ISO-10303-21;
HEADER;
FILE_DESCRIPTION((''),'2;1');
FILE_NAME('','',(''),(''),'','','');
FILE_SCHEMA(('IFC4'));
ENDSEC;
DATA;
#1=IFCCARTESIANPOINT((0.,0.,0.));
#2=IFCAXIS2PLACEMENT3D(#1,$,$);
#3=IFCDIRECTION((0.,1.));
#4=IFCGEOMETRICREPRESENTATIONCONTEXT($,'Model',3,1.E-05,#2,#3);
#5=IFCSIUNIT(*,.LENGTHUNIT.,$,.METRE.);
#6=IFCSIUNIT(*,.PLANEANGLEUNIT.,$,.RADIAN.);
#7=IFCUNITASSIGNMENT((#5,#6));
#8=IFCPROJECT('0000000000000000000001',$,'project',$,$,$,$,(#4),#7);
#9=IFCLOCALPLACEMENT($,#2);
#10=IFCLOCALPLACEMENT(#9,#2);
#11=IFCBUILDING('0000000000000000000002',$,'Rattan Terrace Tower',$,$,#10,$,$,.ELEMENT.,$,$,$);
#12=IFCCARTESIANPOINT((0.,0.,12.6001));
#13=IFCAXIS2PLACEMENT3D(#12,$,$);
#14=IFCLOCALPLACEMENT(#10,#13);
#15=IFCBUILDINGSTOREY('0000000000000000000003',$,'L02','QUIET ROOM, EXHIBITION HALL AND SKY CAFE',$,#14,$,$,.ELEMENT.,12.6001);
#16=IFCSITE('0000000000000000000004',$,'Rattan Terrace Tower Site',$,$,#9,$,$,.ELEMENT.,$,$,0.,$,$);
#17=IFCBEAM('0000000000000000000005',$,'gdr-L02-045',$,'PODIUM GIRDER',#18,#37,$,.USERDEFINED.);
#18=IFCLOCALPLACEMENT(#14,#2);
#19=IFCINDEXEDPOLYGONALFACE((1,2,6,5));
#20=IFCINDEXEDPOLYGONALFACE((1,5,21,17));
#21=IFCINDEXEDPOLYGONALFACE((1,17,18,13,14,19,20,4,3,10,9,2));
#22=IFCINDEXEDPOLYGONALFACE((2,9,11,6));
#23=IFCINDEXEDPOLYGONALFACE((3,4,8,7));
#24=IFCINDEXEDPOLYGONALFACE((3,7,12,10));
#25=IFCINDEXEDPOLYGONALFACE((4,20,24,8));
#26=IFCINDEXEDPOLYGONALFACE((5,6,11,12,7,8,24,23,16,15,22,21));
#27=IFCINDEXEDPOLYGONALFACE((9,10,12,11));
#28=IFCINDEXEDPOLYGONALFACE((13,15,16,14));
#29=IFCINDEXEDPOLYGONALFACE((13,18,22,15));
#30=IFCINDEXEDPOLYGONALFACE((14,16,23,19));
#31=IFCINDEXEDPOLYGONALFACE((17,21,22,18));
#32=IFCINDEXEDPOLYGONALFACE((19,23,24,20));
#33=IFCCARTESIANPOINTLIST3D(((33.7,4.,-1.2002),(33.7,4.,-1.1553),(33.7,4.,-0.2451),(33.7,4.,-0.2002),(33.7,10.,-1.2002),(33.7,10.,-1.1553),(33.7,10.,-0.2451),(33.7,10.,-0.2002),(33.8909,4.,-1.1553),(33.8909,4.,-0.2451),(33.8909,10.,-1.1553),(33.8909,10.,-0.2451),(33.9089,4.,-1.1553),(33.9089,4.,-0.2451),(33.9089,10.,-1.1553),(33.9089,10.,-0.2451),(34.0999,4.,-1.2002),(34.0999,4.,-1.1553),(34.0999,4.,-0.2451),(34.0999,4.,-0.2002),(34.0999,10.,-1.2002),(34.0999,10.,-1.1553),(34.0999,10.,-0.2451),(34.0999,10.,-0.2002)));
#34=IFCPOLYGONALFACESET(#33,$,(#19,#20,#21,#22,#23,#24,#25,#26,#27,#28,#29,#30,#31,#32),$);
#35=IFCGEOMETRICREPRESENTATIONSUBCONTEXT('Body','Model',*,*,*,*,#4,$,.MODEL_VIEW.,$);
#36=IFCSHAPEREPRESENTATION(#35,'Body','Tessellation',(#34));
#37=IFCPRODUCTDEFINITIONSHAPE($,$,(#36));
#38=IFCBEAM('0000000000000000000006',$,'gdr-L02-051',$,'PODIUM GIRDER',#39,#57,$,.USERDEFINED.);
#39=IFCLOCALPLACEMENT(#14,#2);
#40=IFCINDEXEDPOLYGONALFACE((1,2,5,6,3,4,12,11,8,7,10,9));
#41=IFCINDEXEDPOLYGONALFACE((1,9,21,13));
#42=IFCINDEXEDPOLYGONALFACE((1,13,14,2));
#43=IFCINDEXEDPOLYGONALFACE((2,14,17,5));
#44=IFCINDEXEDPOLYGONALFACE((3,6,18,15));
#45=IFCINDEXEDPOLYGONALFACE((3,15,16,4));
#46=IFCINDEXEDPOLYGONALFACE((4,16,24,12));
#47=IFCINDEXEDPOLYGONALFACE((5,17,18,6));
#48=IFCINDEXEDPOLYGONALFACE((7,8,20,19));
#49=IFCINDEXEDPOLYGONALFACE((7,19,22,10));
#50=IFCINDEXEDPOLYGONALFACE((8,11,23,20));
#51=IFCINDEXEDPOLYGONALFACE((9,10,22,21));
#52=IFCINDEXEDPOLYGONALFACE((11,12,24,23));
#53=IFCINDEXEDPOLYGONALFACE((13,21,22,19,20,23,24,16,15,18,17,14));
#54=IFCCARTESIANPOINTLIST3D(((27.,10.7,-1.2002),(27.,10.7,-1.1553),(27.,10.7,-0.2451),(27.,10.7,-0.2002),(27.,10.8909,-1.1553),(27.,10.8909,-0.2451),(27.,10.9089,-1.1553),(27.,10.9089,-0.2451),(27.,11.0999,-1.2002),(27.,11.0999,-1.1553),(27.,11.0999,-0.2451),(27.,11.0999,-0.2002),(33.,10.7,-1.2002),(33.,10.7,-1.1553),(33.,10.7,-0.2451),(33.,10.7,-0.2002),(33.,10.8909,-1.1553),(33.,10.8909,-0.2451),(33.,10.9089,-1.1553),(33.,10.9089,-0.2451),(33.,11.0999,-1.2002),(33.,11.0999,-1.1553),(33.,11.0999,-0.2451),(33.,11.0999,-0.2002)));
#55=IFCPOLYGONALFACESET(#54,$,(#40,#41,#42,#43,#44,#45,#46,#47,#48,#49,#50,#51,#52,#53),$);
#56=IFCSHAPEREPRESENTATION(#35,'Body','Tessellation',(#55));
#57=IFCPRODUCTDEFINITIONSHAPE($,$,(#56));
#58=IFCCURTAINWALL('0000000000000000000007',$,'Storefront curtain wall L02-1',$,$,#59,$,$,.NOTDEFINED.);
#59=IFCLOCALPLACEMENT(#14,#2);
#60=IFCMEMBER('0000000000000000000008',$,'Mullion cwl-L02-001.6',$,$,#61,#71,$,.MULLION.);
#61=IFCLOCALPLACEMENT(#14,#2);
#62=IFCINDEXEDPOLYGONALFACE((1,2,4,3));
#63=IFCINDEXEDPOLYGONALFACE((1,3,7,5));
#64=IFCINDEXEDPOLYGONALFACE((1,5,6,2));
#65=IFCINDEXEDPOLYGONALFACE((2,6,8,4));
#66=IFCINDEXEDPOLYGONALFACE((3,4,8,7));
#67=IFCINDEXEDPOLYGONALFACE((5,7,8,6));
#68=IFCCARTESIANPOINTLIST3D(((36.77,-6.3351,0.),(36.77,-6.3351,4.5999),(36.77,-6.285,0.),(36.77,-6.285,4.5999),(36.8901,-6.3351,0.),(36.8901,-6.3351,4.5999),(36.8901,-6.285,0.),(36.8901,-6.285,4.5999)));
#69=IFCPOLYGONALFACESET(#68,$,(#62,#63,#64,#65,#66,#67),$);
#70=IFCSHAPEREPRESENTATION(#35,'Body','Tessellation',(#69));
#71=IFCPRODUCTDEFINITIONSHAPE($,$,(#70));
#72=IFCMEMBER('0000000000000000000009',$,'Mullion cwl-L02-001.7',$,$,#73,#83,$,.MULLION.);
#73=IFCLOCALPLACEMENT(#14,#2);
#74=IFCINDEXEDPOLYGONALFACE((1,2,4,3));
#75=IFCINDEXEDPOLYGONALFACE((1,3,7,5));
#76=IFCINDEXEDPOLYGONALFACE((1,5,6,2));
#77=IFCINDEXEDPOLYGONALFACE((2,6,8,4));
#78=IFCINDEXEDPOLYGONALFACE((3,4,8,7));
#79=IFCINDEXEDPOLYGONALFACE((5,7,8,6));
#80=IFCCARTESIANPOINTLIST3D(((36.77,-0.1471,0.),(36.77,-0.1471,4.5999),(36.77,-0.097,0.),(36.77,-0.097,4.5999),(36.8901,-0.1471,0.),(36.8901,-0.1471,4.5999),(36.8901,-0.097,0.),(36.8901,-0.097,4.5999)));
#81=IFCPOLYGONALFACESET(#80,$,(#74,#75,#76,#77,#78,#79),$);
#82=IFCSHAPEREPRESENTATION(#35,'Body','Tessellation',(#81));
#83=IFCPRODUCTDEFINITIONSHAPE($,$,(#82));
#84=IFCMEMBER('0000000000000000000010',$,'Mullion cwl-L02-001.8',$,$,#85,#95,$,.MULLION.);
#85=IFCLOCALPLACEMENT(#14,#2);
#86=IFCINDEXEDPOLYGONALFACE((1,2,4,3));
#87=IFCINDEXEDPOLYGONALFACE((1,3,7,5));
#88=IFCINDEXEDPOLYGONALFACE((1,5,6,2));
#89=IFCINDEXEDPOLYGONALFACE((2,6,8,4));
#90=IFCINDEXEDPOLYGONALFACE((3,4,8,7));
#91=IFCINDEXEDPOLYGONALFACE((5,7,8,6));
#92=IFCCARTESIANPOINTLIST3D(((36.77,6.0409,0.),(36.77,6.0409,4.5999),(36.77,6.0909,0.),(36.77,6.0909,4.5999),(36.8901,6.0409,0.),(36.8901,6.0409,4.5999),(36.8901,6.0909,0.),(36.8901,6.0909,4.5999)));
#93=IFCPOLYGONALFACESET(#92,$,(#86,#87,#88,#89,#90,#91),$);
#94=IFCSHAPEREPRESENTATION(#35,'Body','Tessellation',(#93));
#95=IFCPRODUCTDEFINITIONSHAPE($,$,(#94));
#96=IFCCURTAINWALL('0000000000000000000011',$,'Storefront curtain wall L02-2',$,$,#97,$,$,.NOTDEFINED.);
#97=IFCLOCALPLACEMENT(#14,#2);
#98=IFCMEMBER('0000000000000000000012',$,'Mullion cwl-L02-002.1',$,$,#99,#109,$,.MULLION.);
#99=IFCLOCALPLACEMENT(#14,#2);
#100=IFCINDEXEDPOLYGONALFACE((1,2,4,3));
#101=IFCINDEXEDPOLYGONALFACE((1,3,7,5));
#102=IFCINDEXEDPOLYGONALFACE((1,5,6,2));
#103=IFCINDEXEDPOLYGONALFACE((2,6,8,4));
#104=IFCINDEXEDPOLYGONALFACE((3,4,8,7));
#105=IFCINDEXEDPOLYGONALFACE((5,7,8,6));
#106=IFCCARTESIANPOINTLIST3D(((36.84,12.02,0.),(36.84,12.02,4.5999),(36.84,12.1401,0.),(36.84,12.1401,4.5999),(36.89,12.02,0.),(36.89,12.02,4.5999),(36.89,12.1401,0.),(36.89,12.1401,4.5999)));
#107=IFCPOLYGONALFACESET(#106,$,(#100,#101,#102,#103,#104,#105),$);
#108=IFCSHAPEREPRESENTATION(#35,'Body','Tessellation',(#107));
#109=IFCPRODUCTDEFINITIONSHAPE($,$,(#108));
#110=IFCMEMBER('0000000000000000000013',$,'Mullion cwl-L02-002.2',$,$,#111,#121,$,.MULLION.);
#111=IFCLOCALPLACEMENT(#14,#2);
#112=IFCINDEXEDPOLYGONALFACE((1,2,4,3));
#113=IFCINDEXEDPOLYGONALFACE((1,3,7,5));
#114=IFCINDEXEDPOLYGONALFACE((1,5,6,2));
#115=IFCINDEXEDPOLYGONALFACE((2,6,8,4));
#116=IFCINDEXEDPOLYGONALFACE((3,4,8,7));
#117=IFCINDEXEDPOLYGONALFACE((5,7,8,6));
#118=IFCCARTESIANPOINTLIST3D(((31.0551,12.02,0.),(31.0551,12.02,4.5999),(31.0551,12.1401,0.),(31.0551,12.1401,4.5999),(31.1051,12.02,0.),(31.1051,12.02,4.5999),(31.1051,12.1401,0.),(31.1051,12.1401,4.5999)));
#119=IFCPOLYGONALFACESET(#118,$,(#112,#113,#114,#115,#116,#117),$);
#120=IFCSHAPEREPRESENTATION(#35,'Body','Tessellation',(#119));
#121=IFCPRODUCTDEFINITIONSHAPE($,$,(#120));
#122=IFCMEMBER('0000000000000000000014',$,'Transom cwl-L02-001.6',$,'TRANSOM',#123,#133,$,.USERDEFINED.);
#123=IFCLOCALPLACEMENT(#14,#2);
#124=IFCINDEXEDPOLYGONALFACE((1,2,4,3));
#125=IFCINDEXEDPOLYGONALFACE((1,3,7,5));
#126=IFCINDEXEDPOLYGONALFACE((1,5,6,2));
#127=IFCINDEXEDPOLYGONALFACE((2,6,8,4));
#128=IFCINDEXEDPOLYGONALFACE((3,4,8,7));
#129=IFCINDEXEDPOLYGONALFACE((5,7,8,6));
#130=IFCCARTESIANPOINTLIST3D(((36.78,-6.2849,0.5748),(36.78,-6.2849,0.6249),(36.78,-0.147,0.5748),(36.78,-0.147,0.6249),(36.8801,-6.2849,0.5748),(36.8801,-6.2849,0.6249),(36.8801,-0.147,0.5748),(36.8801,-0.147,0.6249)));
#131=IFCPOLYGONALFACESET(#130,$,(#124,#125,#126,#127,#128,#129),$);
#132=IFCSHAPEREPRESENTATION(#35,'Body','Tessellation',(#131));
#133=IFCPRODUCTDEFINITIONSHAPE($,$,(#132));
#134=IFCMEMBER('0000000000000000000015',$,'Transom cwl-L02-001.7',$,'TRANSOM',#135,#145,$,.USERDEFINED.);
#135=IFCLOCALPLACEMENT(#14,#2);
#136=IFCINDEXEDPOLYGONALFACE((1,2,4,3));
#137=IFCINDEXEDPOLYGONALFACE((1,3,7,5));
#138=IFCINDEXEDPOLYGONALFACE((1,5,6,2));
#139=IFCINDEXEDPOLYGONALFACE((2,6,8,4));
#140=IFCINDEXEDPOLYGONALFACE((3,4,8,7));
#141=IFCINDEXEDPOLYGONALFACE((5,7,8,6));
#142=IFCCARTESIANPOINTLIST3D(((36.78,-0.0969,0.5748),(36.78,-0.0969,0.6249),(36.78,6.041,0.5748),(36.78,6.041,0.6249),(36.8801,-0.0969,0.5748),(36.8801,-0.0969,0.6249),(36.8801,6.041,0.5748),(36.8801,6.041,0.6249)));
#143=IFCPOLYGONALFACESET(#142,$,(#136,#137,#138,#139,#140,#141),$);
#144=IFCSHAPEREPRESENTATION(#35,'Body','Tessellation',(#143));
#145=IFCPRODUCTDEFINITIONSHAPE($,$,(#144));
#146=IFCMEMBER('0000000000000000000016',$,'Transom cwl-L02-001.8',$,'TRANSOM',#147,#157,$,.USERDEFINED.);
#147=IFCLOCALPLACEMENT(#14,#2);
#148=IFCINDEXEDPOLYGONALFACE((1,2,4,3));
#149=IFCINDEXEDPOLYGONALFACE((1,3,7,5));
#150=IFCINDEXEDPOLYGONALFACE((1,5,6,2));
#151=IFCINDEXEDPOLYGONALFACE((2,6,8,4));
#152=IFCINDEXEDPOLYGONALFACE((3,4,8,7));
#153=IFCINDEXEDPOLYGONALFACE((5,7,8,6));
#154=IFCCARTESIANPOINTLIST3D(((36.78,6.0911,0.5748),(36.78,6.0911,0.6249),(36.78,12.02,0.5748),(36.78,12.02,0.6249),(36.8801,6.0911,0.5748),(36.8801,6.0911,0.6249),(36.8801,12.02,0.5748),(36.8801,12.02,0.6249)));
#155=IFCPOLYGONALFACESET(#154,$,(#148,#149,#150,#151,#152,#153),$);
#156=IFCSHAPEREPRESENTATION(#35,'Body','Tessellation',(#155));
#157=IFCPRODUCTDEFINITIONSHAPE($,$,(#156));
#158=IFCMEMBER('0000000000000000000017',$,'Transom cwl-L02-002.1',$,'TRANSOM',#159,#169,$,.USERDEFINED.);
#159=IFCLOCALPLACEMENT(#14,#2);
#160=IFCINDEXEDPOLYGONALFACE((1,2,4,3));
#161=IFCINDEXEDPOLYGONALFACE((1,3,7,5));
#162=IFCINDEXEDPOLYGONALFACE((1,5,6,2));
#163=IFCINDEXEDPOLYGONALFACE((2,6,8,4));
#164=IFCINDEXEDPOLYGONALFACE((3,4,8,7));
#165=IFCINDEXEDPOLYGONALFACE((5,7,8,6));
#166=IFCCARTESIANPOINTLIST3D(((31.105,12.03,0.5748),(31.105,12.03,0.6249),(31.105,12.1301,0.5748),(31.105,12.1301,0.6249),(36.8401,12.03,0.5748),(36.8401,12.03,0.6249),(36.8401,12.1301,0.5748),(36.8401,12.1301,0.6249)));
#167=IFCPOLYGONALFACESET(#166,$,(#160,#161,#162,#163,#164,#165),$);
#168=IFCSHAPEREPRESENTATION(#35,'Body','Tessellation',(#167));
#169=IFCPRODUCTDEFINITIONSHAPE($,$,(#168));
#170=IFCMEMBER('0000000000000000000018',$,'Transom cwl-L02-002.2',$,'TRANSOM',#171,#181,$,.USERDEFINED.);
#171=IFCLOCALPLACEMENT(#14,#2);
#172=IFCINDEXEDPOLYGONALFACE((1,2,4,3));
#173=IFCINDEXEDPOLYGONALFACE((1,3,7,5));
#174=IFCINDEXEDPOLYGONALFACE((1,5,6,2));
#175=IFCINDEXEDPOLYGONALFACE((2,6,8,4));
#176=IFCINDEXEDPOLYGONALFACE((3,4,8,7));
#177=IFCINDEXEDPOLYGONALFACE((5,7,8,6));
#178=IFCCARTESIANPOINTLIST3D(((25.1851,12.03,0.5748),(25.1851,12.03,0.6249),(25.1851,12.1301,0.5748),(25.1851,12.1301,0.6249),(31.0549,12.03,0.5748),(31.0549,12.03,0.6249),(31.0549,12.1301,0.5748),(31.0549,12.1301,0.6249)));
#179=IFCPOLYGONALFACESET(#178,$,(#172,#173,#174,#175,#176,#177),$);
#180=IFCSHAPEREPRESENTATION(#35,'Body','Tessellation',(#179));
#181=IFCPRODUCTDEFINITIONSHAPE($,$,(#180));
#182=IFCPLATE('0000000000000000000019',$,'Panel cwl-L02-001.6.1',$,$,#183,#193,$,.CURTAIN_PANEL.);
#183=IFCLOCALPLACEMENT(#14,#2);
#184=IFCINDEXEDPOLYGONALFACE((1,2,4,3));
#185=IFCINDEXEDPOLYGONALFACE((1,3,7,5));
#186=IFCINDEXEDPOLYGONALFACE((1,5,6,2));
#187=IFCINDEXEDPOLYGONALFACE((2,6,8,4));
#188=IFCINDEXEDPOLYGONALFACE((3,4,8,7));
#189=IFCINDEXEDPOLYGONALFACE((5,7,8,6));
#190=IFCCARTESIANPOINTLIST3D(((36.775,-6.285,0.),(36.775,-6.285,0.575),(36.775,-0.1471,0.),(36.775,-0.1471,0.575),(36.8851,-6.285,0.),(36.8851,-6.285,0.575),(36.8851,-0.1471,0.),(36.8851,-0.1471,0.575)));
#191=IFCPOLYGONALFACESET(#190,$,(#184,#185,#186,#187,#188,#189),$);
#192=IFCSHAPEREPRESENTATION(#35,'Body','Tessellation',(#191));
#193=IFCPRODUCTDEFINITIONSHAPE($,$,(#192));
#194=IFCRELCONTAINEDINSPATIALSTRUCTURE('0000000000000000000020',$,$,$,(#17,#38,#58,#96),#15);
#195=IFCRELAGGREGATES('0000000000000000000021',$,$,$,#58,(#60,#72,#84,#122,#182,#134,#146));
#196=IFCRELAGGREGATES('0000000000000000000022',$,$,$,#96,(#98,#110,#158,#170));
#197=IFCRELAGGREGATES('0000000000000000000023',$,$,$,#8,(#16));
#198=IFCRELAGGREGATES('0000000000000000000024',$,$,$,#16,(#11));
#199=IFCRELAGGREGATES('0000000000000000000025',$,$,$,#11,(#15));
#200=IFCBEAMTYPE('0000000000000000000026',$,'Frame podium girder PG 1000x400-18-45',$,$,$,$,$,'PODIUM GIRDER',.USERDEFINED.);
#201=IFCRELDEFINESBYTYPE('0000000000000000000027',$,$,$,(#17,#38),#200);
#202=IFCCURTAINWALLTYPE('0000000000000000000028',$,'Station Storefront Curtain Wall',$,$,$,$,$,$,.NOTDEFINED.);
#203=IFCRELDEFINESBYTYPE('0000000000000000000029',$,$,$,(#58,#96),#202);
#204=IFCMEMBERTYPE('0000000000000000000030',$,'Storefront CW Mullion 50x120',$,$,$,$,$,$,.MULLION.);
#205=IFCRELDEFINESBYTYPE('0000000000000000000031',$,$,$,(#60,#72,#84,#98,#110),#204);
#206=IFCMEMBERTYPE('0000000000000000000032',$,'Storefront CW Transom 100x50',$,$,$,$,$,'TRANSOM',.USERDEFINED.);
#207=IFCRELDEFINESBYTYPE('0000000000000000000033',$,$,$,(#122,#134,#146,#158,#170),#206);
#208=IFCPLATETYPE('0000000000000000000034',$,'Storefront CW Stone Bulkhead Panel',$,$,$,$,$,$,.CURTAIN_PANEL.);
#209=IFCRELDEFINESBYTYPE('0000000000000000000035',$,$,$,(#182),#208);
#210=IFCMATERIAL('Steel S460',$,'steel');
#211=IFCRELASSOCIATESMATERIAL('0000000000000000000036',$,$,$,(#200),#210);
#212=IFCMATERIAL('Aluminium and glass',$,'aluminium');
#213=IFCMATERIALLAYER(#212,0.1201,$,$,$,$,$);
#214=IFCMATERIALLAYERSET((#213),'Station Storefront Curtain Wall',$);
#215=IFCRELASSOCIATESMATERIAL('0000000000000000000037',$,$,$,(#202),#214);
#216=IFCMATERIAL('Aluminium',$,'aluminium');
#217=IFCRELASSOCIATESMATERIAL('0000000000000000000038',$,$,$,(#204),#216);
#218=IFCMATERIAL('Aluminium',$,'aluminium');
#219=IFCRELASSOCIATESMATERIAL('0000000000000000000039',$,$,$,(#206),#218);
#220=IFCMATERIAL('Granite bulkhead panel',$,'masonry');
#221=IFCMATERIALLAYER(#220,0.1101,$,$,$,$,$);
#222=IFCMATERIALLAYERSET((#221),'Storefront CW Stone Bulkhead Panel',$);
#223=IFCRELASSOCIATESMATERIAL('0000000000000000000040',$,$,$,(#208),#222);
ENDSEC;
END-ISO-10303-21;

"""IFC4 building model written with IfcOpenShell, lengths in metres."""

from ifc_helpers import new_model, si_unit, direction, frame, origin, origin_2d, place, context, subcontext, project, spatial, rectangle, i_section, extrude, material, layer, layer_set, material_profile, profile_set, type_object, element, aggregate, save


model = new_model("IFC4")

# Units and contexts
model_context = context("Model", 3, precision=1e-05, world=origin(), true_north=direction((0.0, 1.0)))
body_context = subcontext(model_context, "Body", "Model", "MODEL_VIEW")
ifc_project = project(units=[si_unit("LENGTHUNIT", "METRE"), si_unit("PLANEANGLEUNIT", "RADIAN")], contexts=[model_context])

# Site, building, storey
site_placement = place(None, origin())
site = spatial("IfcSite", under=ifc_project, at=site_placement, Name="Rattan Terrace Tower Site", CompositionType="ELEMENT", RefElevation=0.0)
building_placement = place(site_placement, origin())
building = spatial("IfcBuilding", under=site, at=building_placement, Name="Rattan Terrace Tower", CompositionType="ELEMENT")
storey_placement = place(building_placement, frame((0.0, 0.0, 12.6001)))
storey = spatial("IfcBuildingStorey", under=building, at=storey_placement, Name="L02", Description="QUIET ROOM, EXHIBITION HALL AND SKY CAFE", CompositionType="ELEMENT", Elevation=12.6001)

# Beams
ifc_material_1 = material(Name="Steel S460", Category="steel")
ifc_material_profile_1 = material_profile(ifc_material_1, i_section(OverallWidth=0.3999, OverallDepth=1.0, WebThickness=0.0181, FlangeThickness=0.0449, at=origin_2d()), Name="PG 1000x400-18-45")
ifc_profile_set_1 = profile_set([ifc_material_profile_1], Name="Steel S460")
beam_type_1 = type_object("IfcBeamType", Name="Frame podium girder PG 1000x400-18-45", ElementType="PODIUM GIRDER", PredefinedType="USERDEFINED", material=ifc_profile_set_1)
for number, where, z_axis, x_axis, name in (
    (1, (33.8999, 4.0, -0.7002), (0.0, 1.0, 0.0), (-1.0, 0.0, 0.0), "gdr-L02-045"),
    (2, (27.0, 10.8999, -0.7002), (1.0, 0.0, 0.0), (0.0, 1.0, 0.0), "gdr-L02-051"),
):
    element("IfcBeam", number, at=place(storey_placement, frame(where, z_axis=z_axis, x_axis=x_axis)), inside=storey, type_object=beam_type_1, Name=name, ObjectType="PODIUM GIRDER", PredefinedType="USERDEFINED", context=body_context, shape_type="SweptSolid", body=[
        extrude(i_section(OverallWidth=0.3999, OverallDepth=1.0, WebThickness=0.0181, FlangeThickness=0.0449, at=origin_2d()), origin(), (0.0, 0.0, 1.0), 6.0),
    ])

# Curtain walls, members
ifc_material_2 = material(Name="Aluminium and glass", Category="aluminium")
ifc_layer_1 = layer(ifc_material_2, 0.1201)
ifc_layer_set_1 = layer_set([ifc_layer_1], Name="Station Storefront Curtain Wall")
curtain_wall_type = type_object("IfcCurtainWallType", Name="Station Storefront Curtain Wall", PredefinedType="NOTDEFINED", material=ifc_layer_set_1)
curtain_wall_1_placement = place(storey_placement, origin())
curtain_wall_1 = element("IfcCurtainWall", 3, at=curtain_wall_1_placement, inside=storey, type_object=curtain_wall_type, Name="Storefront curtain wall L02-1", PredefinedType="NOTDEFINED")
ifc_material_3 = material(Name="Aluminium", Category="aluminium")
ifc_material_profile_2 = material_profile(ifc_material_3, rectangle(XDim=0.05, YDim=0.1201, at=origin_2d()), Name="Aluminium 50x120")
ifc_profile_set_2 = profile_set([ifc_material_profile_2], Name="Aluminium")
member_type_1 = type_object("IfcMemberType", Name="Storefront CW Mullion 50x120", PredefinedType="MULLION", material=ifc_profile_set_2)
member_1_placement = place(storey_placement, frame((36.8301, -6.3101, 0.0), z_axis=(0.0, 0.0, 1.0), x_axis=(0.0, 1.0, 0.0)))
member_1 = element("IfcMember", 4, at=member_1_placement, type_object=member_type_1, Name="Mullion cwl-L02-001.6", PredefinedType="MULLION", context=body_context, shape_type="SweptSolid", body=[
    extrude(rectangle(XDim=0.05, YDim=0.1201, at=origin_2d()), origin(), (0.0, 0.0, 1.0), 4.5999),
])
member_2_placement = place(storey_placement, frame((36.8301, -0.1221, 0.0), z_axis=(0.0, 0.0, 1.0), x_axis=(0.0, 1.0, 0.0)))
member_2 = element("IfcMember", 5, at=member_2_placement, type_object=member_type_1, Name="Mullion cwl-L02-001.7", PredefinedType="MULLION", context=body_context, shape_type="SweptSolid", body=[
    extrude(rectangle(XDim=0.05, YDim=0.1201, at=origin_2d()), origin(), (0.0, 0.0, 1.0), 4.5999),
])
member_3_placement = place(storey_placement, frame((36.8301, 6.0659, 0.0), z_axis=(0.0, 0.0, 1.0), x_axis=(0.0, 1.0, 0.0)))
member_3 = element("IfcMember", 6, at=member_3_placement, type_object=member_type_1, Name="Mullion cwl-L02-001.8", PredefinedType="MULLION", context=body_context, shape_type="SweptSolid", body=[
    extrude(rectangle(XDim=0.05, YDim=0.1201, at=origin_2d()), origin(), (0.0, 0.0, 1.0), 4.5999),
])
curtain_wall_2_placement = place(storey_placement, origin())
curtain_wall_2 = element("IfcCurtainWall", 7, at=curtain_wall_2_placement, inside=storey, type_object=curtain_wall_type, Name="Storefront curtain wall L02-2", PredefinedType="NOTDEFINED")
member_4_placement = place(storey_placement, frame((36.865, 12.0801, 0.0), z_axis=(0.0, 0.0, 1.0), x_axis=(-1.0, 0.0, 0.0)))
member_4 = element("IfcMember", 8, at=member_4_placement, type_object=member_type_1, Name="Mullion cwl-L02-002.1", PredefinedType="MULLION", context=body_context, shape_type="SweptSolid", body=[
    extrude(rectangle(XDim=0.05, YDim=0.1201, at=origin_2d()), origin(), (0.0, 0.0, 1.0), 4.5999),
])
member_5_placement = place(storey_placement, frame((31.0801, 12.0801, 0.0), z_axis=(0.0, 0.0, 1.0), x_axis=(-1.0, 0.0, 0.0)))
member_5 = element("IfcMember", 9, at=member_5_placement, type_object=member_type_1, Name="Mullion cwl-L02-002.2", PredefinedType="MULLION", context=body_context, shape_type="SweptSolid", body=[
    extrude(rectangle(XDim=0.05, YDim=0.1201, at=origin_2d()), origin(), (0.0, 0.0, 1.0), 4.5999),
])

# Members
ifc_material_4 = material(Name="Aluminium", Category="aluminium")
ifc_material_profile_3 = material_profile(ifc_material_4, rectangle(XDim=0.1001, YDim=0.05, at=origin_2d()), Name="Aluminium 100x50")
ifc_profile_set_3 = profile_set([ifc_material_profile_3], Name="Aluminium")
member_type_2 = type_object("IfcMemberType", Name="Storefront CW Transom 100x50", ElementType="TRANSOM", PredefinedType="USERDEFINED", material=ifc_profile_set_3)
member_6_placement = place(storey_placement, frame((36.8301, -6.2849, 0.5999), z_axis=(0.0, 1.0, 0.0), x_axis=(-1.0, 0.0, 0.0)))
member_6 = element("IfcMember", 10, at=member_6_placement, type_object=member_type_2, Name="Transom cwl-L02-001.6", ObjectType="TRANSOM", PredefinedType="USERDEFINED", context=body_context, shape_type="SweptSolid", body=[
    extrude(rectangle(XDim=0.1001, YDim=0.05, at=origin_2d()), origin(), (0.0, 0.0, 1.0), 6.1379),
])
member_7_placement = place(storey_placement, frame((36.8301, -0.0969, 0.5999), z_axis=(0.0, 1.0, 0.0), x_axis=(-1.0, 0.0, 0.0)))
member_7 = element("IfcMember", 11, at=member_7_placement, type_object=member_type_2, Name="Transom cwl-L02-001.7", ObjectType="TRANSOM", PredefinedType="USERDEFINED", context=body_context, shape_type="SweptSolid", body=[
    extrude(rectangle(XDim=0.1001, YDim=0.05, at=origin_2d()), origin(), (0.0, 0.0, 1.0), 6.1379),
])
member_8_placement = place(storey_placement, frame((36.8301, 6.0911, 0.5999), z_axis=(0.0, 1.0, 0.0), x_axis=(-1.0, 0.0, 0.0)))
member_8 = element("IfcMember", 12, at=member_8_placement, type_object=member_type_2, Name="Transom cwl-L02-001.8", ObjectType="TRANSOM", PredefinedType="USERDEFINED", context=body_context, shape_type="SweptSolid", body=[
    extrude(rectangle(XDim=0.1001, YDim=0.05, at=origin_2d()), origin(), (0.0, 0.0, 1.0), 5.929),
])
member_9_placement = place(storey_placement, frame((36.8401, 12.0801, 0.5999), z_axis=(-1.0, 0.0, 0.0), x_axis=(0.0, -1.0, 0.0)))
member_9 = element("IfcMember", 13, at=member_9_placement, type_object=member_type_2, Name="Transom cwl-L02-002.1", ObjectType="TRANSOM", PredefinedType="USERDEFINED", context=body_context, shape_type="SweptSolid", body=[
    extrude(rectangle(XDim=0.1001, YDim=0.05, at=origin_2d()), origin(), (0.0, 0.0, 1.0), 5.7351),
])
member_10_placement = place(storey_placement, frame((31.0549, 12.0801, 0.5999), z_axis=(-1.0, 0.0, 0.0), x_axis=(0.0, -1.0, 0.0)))
member_10 = element("IfcMember", 14, at=member_10_placement, type_object=member_type_2, Name="Transom cwl-L02-002.2", ObjectType="TRANSOM", PredefinedType="USERDEFINED", context=body_context, shape_type="SweptSolid", body=[
    extrude(rectangle(XDim=0.1001, YDim=0.05, at=origin_2d()), origin(), (0.0, 0.0, 1.0), 5.8699),
])

# Plate
ifc_material_5 = material(Name="Granite bulkhead panel", Category="masonry")
ifc_layer_2 = layer(ifc_material_5, 0.1101)
ifc_layer_set_2 = layer_set([ifc_layer_2], Name="Storefront CW Stone Bulkhead Panel")
plate_type_1 = type_object("IfcPlateType", Name="Storefront CW Stone Bulkhead Panel", PredefinedType="CURTAIN_PANEL", material=ifc_layer_set_2)
plate_1_placement = place(storey_placement, frame((36.8301, -3.2161, 0.0), z_axis=(0.0, 0.0, 1.0), x_axis=(0.0, 1.0, 0.0)))
plate_1 = element("IfcPlate", 15, at=plate_1_placement, type_object=plate_type_1, Name="Panel cwl-L02-001.6.1", PredefinedType="CURTAIN_PANEL", context=body_context, shape_type="SweptSolid", body=[
    extrude(rectangle(XDim=6.1379, YDim=0.1101, at=origin_2d()), origin(), (0.0, 0.0, 1.0), 0.575),
])
aggregate(curtain_wall_1, [member_1, member_2, member_3, member_6, plate_1, member_7, member_8])
aggregate(curtain_wall_2, [member_4, member_5, member_9, member_10])

save(model, "model.ifc")
